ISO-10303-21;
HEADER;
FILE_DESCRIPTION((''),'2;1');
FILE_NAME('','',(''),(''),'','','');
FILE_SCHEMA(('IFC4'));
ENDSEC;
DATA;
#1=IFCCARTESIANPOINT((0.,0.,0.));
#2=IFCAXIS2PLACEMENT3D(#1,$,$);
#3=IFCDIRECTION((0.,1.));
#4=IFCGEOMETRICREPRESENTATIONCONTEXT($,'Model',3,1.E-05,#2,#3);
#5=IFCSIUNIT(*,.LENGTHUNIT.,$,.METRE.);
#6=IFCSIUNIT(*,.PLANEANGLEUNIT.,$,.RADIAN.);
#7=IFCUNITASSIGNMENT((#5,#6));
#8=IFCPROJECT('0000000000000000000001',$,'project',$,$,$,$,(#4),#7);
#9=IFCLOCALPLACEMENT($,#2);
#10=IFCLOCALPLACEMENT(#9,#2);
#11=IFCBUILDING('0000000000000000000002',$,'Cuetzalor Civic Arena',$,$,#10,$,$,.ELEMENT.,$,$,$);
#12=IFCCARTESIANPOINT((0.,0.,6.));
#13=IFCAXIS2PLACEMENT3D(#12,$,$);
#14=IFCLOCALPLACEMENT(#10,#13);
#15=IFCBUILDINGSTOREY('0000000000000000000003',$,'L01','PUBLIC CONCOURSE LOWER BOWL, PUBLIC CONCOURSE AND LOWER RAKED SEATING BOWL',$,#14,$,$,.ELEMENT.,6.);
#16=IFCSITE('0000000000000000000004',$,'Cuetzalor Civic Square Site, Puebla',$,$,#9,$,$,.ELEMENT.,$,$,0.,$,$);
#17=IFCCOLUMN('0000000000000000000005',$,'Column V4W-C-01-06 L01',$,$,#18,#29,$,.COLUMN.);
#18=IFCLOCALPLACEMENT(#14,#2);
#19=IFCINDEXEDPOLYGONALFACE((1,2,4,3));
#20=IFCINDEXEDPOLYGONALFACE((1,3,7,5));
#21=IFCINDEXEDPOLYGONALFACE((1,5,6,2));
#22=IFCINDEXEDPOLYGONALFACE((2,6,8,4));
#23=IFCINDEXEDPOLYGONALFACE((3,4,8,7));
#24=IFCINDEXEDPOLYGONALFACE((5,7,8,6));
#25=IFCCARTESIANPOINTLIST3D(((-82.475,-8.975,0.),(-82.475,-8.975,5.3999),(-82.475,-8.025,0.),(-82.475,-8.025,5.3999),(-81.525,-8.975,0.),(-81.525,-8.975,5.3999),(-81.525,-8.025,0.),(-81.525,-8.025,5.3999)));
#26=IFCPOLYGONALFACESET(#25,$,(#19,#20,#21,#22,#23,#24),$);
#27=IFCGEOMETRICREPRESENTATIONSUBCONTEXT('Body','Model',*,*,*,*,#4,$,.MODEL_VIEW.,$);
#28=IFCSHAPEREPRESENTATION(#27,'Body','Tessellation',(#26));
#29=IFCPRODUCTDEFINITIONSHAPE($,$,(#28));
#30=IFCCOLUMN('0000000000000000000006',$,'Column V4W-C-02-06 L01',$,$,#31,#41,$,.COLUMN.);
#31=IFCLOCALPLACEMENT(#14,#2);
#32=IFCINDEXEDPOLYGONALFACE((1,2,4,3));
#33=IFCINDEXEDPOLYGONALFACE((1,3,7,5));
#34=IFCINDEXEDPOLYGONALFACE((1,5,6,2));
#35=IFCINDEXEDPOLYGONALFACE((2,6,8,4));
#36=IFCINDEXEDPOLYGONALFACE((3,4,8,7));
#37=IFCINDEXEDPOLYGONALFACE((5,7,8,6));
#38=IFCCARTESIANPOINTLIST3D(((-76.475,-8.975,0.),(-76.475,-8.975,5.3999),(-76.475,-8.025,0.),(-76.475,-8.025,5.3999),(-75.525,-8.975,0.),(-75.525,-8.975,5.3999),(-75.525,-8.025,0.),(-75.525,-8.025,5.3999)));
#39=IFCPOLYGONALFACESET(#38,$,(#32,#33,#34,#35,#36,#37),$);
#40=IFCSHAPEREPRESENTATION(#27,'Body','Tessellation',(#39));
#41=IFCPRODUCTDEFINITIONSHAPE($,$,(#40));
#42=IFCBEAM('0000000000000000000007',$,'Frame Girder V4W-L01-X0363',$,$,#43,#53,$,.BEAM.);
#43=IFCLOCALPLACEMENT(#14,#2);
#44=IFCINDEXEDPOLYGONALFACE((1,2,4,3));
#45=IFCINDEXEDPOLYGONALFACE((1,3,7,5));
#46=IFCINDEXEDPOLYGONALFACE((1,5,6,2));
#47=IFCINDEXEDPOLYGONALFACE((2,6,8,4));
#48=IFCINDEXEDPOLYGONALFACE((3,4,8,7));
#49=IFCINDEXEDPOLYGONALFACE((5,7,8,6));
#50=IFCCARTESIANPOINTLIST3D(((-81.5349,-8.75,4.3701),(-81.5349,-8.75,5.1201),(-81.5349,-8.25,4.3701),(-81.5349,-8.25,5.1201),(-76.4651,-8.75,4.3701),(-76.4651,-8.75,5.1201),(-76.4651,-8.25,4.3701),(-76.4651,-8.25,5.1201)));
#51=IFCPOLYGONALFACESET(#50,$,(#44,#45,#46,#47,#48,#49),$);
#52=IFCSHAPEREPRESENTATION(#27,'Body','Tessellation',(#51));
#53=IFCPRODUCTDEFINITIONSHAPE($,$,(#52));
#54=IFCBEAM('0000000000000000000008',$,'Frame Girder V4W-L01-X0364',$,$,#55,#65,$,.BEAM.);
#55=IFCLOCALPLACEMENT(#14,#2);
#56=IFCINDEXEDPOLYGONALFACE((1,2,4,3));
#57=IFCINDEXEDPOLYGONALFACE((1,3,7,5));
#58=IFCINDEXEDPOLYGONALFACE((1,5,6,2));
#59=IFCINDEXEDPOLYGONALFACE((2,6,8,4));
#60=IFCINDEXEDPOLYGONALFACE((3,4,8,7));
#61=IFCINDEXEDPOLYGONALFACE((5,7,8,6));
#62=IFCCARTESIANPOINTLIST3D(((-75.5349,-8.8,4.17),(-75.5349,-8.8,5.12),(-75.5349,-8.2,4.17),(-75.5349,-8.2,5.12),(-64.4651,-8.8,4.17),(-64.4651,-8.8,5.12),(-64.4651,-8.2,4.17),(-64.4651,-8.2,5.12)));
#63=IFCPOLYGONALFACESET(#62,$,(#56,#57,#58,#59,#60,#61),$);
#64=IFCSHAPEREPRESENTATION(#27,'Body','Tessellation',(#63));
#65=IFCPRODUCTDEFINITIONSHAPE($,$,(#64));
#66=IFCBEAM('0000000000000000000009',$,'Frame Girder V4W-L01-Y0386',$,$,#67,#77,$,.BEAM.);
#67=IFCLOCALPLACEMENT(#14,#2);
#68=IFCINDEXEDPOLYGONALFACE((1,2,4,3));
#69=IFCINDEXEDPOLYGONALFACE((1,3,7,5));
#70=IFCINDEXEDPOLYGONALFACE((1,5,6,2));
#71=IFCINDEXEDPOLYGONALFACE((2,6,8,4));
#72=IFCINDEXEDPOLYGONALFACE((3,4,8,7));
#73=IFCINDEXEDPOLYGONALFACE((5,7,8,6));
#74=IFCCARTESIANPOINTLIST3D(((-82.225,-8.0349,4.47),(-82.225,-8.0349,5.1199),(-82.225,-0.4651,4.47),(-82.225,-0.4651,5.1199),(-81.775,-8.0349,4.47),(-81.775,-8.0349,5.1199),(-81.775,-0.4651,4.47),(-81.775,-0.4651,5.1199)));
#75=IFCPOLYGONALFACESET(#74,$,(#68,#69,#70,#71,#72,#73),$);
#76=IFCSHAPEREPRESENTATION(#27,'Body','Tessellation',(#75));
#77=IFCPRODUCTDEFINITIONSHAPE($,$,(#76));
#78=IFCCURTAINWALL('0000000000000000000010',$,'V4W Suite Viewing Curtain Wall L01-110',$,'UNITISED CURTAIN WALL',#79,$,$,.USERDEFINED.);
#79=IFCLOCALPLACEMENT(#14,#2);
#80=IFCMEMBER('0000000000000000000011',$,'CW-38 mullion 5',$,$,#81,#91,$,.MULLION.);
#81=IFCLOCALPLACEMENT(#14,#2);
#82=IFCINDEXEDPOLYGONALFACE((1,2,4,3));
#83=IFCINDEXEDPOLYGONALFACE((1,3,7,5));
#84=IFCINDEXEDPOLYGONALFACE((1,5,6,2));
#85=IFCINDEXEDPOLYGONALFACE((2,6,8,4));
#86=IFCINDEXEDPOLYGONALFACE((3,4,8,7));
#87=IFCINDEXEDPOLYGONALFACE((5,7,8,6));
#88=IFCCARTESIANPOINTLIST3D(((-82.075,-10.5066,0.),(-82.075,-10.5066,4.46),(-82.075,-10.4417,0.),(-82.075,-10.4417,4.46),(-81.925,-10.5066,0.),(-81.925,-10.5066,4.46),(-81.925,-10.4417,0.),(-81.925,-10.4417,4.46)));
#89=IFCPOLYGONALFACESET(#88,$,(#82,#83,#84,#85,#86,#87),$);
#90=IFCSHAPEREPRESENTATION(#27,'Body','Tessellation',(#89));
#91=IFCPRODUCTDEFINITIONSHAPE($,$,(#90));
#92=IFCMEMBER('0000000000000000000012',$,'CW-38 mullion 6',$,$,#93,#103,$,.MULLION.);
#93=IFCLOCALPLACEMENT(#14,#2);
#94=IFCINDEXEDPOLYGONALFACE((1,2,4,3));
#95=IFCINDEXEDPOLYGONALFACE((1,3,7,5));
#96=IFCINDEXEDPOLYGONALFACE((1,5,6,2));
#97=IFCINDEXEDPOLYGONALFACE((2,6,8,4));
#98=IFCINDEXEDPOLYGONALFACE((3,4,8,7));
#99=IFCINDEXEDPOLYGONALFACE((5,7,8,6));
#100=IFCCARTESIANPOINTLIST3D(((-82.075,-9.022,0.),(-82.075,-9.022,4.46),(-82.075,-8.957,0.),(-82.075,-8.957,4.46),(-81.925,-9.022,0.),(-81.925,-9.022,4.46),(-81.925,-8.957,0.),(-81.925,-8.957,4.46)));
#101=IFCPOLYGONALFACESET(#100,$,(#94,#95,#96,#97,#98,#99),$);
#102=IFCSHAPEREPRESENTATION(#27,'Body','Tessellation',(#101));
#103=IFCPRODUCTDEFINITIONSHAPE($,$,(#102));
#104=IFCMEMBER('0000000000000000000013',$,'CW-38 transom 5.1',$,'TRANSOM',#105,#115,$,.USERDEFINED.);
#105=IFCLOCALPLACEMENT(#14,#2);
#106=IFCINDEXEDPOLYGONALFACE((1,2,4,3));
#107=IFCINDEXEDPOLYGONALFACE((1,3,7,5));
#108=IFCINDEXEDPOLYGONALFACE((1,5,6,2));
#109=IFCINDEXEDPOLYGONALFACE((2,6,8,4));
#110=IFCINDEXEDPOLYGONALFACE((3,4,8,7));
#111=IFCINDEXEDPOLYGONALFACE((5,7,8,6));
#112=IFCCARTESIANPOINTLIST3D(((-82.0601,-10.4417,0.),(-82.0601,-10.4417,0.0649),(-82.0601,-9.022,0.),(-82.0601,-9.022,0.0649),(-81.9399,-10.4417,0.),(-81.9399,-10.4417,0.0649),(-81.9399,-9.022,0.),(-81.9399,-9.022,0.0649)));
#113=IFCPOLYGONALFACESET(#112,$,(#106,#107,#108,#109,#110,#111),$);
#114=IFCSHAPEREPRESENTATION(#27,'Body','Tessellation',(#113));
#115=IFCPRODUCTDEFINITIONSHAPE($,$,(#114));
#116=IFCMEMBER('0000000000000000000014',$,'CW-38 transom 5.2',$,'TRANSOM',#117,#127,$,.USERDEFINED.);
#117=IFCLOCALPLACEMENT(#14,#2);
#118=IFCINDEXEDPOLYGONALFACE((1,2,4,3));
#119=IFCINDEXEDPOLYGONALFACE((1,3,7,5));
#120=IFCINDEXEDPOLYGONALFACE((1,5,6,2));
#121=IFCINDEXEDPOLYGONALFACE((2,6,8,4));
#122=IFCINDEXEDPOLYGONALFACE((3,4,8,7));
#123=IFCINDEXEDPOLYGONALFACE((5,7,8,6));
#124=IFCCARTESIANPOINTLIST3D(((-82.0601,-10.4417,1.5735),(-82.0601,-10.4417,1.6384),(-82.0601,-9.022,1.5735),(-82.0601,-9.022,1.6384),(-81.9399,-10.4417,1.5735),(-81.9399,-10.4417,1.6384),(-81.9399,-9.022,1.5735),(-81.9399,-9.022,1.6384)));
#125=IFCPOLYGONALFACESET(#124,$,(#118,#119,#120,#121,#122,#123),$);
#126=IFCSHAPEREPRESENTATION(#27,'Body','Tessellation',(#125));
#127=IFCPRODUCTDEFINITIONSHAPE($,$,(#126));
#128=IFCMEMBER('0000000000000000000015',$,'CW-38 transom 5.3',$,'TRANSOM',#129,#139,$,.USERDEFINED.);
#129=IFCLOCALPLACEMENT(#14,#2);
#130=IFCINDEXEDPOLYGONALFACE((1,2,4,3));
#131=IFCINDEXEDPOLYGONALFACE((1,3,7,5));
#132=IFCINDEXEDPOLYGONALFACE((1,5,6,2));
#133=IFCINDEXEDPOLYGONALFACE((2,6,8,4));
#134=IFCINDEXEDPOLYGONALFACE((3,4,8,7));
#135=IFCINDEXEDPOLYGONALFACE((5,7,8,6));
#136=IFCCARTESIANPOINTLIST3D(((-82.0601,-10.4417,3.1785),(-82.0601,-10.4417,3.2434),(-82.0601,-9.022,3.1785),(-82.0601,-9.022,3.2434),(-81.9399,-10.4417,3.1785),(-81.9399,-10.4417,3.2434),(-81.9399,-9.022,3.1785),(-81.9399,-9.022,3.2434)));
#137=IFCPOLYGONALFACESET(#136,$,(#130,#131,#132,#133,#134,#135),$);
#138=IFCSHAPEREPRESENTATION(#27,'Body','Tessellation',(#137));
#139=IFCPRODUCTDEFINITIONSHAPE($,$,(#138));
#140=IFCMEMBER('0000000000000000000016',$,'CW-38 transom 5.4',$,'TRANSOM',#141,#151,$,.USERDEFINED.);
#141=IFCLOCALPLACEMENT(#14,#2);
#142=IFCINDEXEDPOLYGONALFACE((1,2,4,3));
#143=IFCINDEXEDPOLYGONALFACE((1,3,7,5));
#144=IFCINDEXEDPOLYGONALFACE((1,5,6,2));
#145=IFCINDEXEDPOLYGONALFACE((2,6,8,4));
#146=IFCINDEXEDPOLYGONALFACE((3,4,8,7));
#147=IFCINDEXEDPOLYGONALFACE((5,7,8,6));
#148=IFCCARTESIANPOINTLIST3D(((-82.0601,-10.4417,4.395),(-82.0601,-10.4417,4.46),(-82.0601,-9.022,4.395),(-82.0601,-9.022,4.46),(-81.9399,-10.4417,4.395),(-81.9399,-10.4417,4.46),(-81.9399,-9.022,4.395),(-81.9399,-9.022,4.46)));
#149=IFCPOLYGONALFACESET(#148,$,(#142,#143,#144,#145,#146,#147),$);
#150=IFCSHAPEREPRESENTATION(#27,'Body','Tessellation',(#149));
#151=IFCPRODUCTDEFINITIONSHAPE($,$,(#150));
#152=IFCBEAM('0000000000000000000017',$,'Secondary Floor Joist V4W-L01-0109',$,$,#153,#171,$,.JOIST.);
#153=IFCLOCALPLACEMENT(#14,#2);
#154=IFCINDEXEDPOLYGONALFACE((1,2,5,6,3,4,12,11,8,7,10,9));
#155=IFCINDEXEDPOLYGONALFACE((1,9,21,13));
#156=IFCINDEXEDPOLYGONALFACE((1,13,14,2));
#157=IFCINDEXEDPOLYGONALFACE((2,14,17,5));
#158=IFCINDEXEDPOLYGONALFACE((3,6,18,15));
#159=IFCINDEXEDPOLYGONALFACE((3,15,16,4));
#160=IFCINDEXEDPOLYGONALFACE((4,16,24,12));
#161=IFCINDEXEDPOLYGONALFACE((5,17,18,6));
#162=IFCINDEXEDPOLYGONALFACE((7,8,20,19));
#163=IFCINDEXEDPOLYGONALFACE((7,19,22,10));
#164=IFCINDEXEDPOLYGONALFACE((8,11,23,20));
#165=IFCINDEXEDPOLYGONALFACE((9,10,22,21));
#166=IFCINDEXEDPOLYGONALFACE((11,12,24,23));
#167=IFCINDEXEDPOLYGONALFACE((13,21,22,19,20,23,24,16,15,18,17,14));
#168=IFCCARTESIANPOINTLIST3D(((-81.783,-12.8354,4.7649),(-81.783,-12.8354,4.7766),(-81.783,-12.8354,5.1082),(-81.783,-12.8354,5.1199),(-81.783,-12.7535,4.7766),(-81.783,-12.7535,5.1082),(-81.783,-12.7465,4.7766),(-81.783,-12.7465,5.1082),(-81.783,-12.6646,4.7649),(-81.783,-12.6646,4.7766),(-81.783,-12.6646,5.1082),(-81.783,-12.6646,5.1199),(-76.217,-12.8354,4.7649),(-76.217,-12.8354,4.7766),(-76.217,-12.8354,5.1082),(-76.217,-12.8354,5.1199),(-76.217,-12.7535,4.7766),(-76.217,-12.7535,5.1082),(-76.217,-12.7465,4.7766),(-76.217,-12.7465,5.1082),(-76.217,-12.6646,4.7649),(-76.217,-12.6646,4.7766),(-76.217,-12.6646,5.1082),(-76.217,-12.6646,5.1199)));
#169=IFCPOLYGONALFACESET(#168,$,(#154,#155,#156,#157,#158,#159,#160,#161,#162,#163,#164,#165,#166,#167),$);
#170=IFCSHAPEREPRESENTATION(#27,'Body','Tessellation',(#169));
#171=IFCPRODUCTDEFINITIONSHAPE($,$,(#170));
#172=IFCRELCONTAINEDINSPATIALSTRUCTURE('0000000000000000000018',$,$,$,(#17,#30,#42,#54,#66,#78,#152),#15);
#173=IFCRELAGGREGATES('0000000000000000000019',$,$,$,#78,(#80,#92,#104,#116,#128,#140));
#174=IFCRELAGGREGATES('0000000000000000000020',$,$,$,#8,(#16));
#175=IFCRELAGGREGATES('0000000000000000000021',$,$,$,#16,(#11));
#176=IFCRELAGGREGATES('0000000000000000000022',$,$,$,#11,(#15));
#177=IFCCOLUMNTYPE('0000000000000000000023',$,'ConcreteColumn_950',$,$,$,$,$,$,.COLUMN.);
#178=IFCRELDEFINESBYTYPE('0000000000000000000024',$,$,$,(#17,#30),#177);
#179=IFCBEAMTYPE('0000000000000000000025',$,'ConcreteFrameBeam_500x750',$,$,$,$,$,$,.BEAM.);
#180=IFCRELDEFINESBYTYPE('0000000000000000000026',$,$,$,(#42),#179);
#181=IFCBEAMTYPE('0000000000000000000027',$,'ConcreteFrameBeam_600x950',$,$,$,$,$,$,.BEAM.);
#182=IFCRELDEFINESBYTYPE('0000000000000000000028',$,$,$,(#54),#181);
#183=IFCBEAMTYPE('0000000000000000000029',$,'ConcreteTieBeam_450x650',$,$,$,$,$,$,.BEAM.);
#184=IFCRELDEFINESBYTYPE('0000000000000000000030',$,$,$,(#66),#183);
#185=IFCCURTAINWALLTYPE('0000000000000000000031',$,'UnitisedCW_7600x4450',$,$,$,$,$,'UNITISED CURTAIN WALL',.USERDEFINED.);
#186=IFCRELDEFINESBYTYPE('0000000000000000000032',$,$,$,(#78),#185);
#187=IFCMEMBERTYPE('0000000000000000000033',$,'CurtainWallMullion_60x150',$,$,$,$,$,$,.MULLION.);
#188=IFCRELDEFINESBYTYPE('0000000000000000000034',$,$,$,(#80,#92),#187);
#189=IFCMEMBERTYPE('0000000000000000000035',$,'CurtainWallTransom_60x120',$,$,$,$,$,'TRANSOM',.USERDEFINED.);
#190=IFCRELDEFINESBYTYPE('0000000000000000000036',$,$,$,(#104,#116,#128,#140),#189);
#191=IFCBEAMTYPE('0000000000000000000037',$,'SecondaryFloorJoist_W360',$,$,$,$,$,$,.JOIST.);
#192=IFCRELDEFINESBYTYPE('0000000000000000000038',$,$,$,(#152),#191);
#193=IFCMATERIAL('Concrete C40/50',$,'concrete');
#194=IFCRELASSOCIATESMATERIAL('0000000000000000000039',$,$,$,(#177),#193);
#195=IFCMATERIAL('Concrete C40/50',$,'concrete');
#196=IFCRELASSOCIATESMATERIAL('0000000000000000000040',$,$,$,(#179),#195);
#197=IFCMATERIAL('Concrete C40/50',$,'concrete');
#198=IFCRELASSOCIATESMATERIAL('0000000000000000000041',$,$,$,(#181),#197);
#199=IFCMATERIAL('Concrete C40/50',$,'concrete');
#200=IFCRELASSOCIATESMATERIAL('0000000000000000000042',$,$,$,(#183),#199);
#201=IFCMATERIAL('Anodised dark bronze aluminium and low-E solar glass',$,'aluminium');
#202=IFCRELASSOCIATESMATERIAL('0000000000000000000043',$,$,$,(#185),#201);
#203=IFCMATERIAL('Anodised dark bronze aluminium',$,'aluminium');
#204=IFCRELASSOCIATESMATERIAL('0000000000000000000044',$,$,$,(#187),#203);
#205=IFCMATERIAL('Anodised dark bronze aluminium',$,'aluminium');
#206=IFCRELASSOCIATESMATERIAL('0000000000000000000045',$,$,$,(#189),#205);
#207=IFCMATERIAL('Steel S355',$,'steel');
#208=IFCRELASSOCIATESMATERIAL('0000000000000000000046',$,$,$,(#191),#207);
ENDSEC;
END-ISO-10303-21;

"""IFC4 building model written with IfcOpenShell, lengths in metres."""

from ifc_helpers import new_model, si_unit, direction, frame, origin, origin_2d, place, context, subcontext, project, spatial, rectangle, i_section, extrude, material, material_profile, profile_set, type_object, element, aggregate, save


model = new_model("IFC4")

# Units and contexts
model_context = context("Model", 3, precision=1e-05, world=origin(), true_north=direction((0.0, 1.0)))
body_context = subcontext(model_context, "Body", "Model", "MODEL_VIEW")
ifc_project = project(units=[si_unit("LENGTHUNIT", "METRE"), si_unit("PLANEANGLEUNIT", "RADIAN")], contexts=[model_context])

# Site, building, storey
site_placement = place(None, origin())
site = spatial("IfcSite", under=ifc_project, at=site_placement, Name="Cuetzalor Civic Square Site, Puebla", CompositionType="ELEMENT", RefElevation=0.0)
building_placement = place(site_placement, origin())
building = spatial("IfcBuilding", under=site, at=building_placement, Name="Cuetzalor Civic Arena", CompositionType="ELEMENT")
storey_placement = place(building_placement, frame((0.0, 0.0, 6.0)))
storey = spatial("IfcBuildingStorey", under=building, at=storey_placement, Name="L01", Description="PUBLIC CONCOURSE LOWER BOWL, PUBLIC CONCOURSE AND LOWER RAKED SEATING BOWL", CompositionType="ELEMENT", Elevation=6.0)

# Columns
ifc_material_1 = material(Name="Concrete C40/50", Category="concrete")
ifc_material_profile_1 = material_profile(ifc_material_1, rectangle(XDim=0.95, YDim=0.95, at=origin_2d()), Name="RC 950x950")
ifc_profile_set_1 = profile_set([ifc_material_profile_1], Name="Concrete C40/50")
column_type = type_object("IfcColumnType", Name="ConcreteColumn_950", PredefinedType="COLUMN", material=ifc_profile_set_1)
for number, where, z_axis, x_axis, name in (
    (1, (-82.0, -8.5, 0.0), (0.0, 0.0, 1.0), (1.0, 0.0, 0.0), "Column V4W-C-01-06 L01"),
    (2, (-76.0, -8.5, 0.0), (0.0, 0.0, 1.0), (1.0, 0.0, 0.0), "Column V4W-C-02-06 L01"),
):
    element("IfcColumn", number, at=place(storey_placement, frame(where, z_axis=z_axis, x_axis=x_axis)), inside=storey, type_object=column_type, Name=name, PredefinedType="COLUMN", context=body_context, shape_type="SweptSolid", body=[
        extrude(rectangle(XDim=0.95, YDim=0.95, at=origin_2d()), origin(), (0.0, 0.0, 1.0), 5.3999),
    ])

# Beams
ifc_material_2 = material(Name="Concrete C40/50", Category="concrete")
ifc_material_profile_2 = material_profile(ifc_material_2, rectangle(XDim=0.5, YDim=0.75, at=origin_2d()), Name="RC 500x750")
ifc_profile_set_2 = profile_set([ifc_material_profile_2], Name="Concrete C40/50")
beam_type_1 = type_object("IfcBeamType", Name="ConcreteFrameBeam_500x750", PredefinedType="BEAM", material=ifc_profile_set_2)
beam_1_placement = place(storey_placement, frame((-81.5349, -8.5, 4.7451), z_axis=(1.0, 0.0, 0.0), x_axis=(0.0, 1.0, 0.0)))
element("IfcBeam", 3, at=beam_1_placement, inside=storey, type_object=beam_type_1, Name="Frame Girder V4W-L01-X0363", PredefinedType="BEAM", context=body_context, shape_type="SweptSolid", body=[
    extrude(rectangle(XDim=0.5, YDim=0.75, at=origin_2d()), origin(), (0.0, 0.0, 1.0), 5.0698),
])
ifc_material_3 = material(Name="Concrete C40/50", Category="concrete")
ifc_material_profile_3 = material_profile(ifc_material_3, rectangle(XDim=0.6001, YDim=0.95, at=origin_2d()), Name="RC 600x950")
ifc_profile_set_3 = profile_set([ifc_material_profile_3], Name="Concrete C40/50")
beam_type_2 = type_object("IfcBeamType", Name="ConcreteFrameBeam_600x950", PredefinedType="BEAM", material=ifc_profile_set_3)
beam_2_placement = place(storey_placement, frame((-75.5349, -8.5, 4.645), z_axis=(1.0, 0.0, 0.0), x_axis=(0.0, 1.0, 0.0)))
element("IfcBeam", 4, at=beam_2_placement, inside=storey, type_object=beam_type_2, Name="Frame Girder V4W-L01-X0364", PredefinedType="BEAM", context=body_context, shape_type="SweptSolid", body=[
    extrude(rectangle(XDim=0.6001, YDim=0.95, at=origin_2d()), origin(), (0.0, 0.0, 1.0), 11.0698),
])
ifc_material_4 = material(Name="Concrete C40/50", Category="concrete")
ifc_material_profile_4 = material_profile(ifc_material_4, rectangle(XDim=0.45, YDim=0.6499, at=origin_2d()), Name="RC 450x650")
ifc_profile_set_4 = profile_set([ifc_material_profile_4], Name="Concrete C40/50")
beam_type_3 = type_object("IfcBeamType", Name="ConcreteTieBeam_450x650", PredefinedType="BEAM", material=ifc_profile_set_4)
beam_3_placement = place(storey_placement, frame((-82.0, -8.0349, 4.7949), z_axis=(0.0, 1.0, 0.0), x_axis=(-1.0, 0.0, 0.0)))
element("IfcBeam", 5, at=beam_3_placement, inside=storey, type_object=beam_type_3, Name="Frame Girder V4W-L01-Y0386", PredefinedType="BEAM", context=body_context, shape_type="SweptSolid", body=[
    extrude(rectangle(XDim=0.45, YDim=0.6499, at=origin_2d()), origin(), (0.0, 0.0, 1.0), 7.5698),
])

# Curtain wall, members
ifc_material_5 = material(Name="Anodised dark bronze aluminium and low-E solar glass", Category="aluminium")
curtain_wall_type = type_object("IfcCurtainWallType", Name="UnitisedCW_7600x4450", ElementType="UNITISED CURTAIN WALL", PredefinedType="USERDEFINED", material=ifc_material_5)
curtain_wall_placement = place(storey_placement, origin())
curtain_wall = element("IfcCurtainWall", 6, at=curtain_wall_placement, inside=storey, type_object=curtain_wall_type, Name="V4W Suite Viewing Curtain Wall L01-110", ObjectType="UNITISED CURTAIN WALL", PredefinedType="USERDEFINED")
ifc_material_6 = material(Name="Anodised dark bronze aluminium", Category="aluminium")
ifc_material_profile_5 = material_profile(ifc_material_6, rectangle(XDim=0.0649, YDim=0.1499, at=origin_2d()), Name="ALU MULLION 65x150")
ifc_profile_set_5 = profile_set([ifc_material_profile_5], Name="Anodised dark bronze aluminium")
member_type_1 = type_object("IfcMemberType", Name="CurtainWallMullion_60x150", PredefinedType="MULLION", material=ifc_profile_set_5)
member_1_placement = place(storey_placement, frame((-82.0, -10.4741, 0.0), z_axis=(0.0, 0.0, 1.0), x_axis=(0.0, 1.0, 0.0)))
member_1 = element("IfcMember", 7, at=member_1_placement, type_object=member_type_1, Name="CW-38 mullion 5", PredefinedType="MULLION", context=body_context, shape_type="SweptSolid", body=[
    extrude(rectangle(XDim=0.0649, YDim=0.1499, at=origin_2d()), origin(), (0.0, 0.0, 1.0), 4.46),
])
member_2_placement = place(storey_placement, frame((-82.0, -8.9895, 0.0), z_axis=(0.0, 0.0, 1.0), x_axis=(0.0, 1.0, 0.0)))
member_2 = element("IfcMember", 8, at=member_2_placement, type_object=member_type_1, Name="CW-38 mullion 6", PredefinedType="MULLION", context=body_context, shape_type="SweptSolid", body=[
    extrude(rectangle(XDim=0.0649, YDim=0.1499, at=origin_2d()), origin(), (0.0, 0.0, 1.0), 4.46),
])
ifc_material_7 = material(Name="Anodised dark bronze aluminium", Category="aluminium")
ifc_material_profile_6 = material_profile(ifc_material_7, rectangle(XDim=0.1201, YDim=0.0649, at=origin_2d()), Name="ALU TRANSOM 65x120")
ifc_profile_set_6 = profile_set([ifc_material_profile_6], Name="Anodised dark bronze aluminium")
member_type_2 = type_object("IfcMemberType", Name="CurtainWallTransom_60x120", ElementType="TRANSOM", PredefinedType="USERDEFINED", material=ifc_profile_set_6)
member_3_placement = place(storey_placement, frame((-82.0, -10.4417, 0.0325), z_axis=(0.0, 1.0, 0.0), x_axis=(-1.0, 0.0, 0.0)))
member_3 = element("IfcMember", 9, at=member_3_placement, type_object=member_type_2, Name="CW-38 transom 5.1", ObjectType="TRANSOM", PredefinedType="USERDEFINED", context=body_context, shape_type="SweptSolid", body=[
    extrude(rectangle(XDim=0.1201, YDim=0.0649, at=origin_2d()), origin(), (0.0, 0.0, 1.0), 1.4197),
])
member_4_placement = place(storey_placement, frame((-82.0, -10.4417, 1.606), z_axis=(0.0, 1.0, 0.0), x_axis=(-1.0, 0.0, 0.0)))
member_4 = element("IfcMember", 10, at=member_4_placement, type_object=member_type_2, Name="CW-38 transom 5.2", ObjectType="TRANSOM", PredefinedType="USERDEFINED", context=body_context, shape_type="SweptSolid", body=[
    extrude(rectangle(XDim=0.1201, YDim=0.0649, at=origin_2d()), origin(), (0.0, 0.0, 1.0), 1.4197),
])
member_5_placement = place(storey_placement, frame((-82.0, -10.4417, 3.2109), z_axis=(0.0, 1.0, 0.0), x_axis=(-1.0, 0.0, 0.0)))
member_5 = element("IfcMember", 11, at=member_5_placement, type_object=member_type_2, Name="CW-38 transom 5.3", ObjectType="TRANSOM", PredefinedType="USERDEFINED", context=body_context, shape_type="SweptSolid", body=[
    extrude(rectangle(XDim=0.1201, YDim=0.0649, at=origin_2d()), origin(), (0.0, 0.0, 1.0), 1.4197),
])
member_6_placement = place(storey_placement, frame((-82.0, -10.4417, 4.4275), z_axis=(0.0, 1.0, 0.0), x_axis=(-1.0, 0.0, 0.0)))
member_6 = element("IfcMember", 12, at=member_6_placement, type_object=member_type_2, Name="CW-38 transom 5.4", ObjectType="TRANSOM", PredefinedType="USERDEFINED", context=body_context, shape_type="SweptSolid", body=[
    extrude(rectangle(XDim=0.1201, YDim=0.0649, at=origin_2d()), origin(), (0.0, 0.0, 1.0), 1.4197),
])

# Beam
ifc_material_8 = material(Name="Steel S355", Category="steel")
ifc_material_profile_7 = material_profile(ifc_material_8, i_section(OverallWidth=0.1709, OverallDepth=0.355, WebThickness=0.0071, FlangeThickness=0.0117, at=origin_2d()), Name="W360x51")
ifc_profile_set_7 = profile_set([ifc_material_profile_7], Name="Steel S355")
beam_type_4 = type_object("IfcBeamType", Name="SecondaryFloorJoist_W360", PredefinedType="JOIST", material=ifc_profile_set_7)
beam_4_placement = place(storey_placement, frame((-81.783, -12.75, 4.9424), z_axis=(1.0, 0.0, 0.0), x_axis=(0.0, 1.0, 0.0)))
element("IfcBeam", 13, at=beam_4_placement, inside=storey, type_object=beam_type_4, Name="Secondary Floor Joist V4W-L01-0109", PredefinedType="JOIST", context=body_context, shape_type="SweptSolid", body=[
    extrude(i_section(OverallWidth=0.1709, OverallDepth=0.355, WebThickness=0.0071, FlangeThickness=0.0117, at=origin_2d()), origin(), (0.0, 0.0, 1.0), 5.5659),
])

aggregate(curtain_wall, [member_1, member_2, member_3, member_4, member_5, member_6])

save(model, "model.ifc")
